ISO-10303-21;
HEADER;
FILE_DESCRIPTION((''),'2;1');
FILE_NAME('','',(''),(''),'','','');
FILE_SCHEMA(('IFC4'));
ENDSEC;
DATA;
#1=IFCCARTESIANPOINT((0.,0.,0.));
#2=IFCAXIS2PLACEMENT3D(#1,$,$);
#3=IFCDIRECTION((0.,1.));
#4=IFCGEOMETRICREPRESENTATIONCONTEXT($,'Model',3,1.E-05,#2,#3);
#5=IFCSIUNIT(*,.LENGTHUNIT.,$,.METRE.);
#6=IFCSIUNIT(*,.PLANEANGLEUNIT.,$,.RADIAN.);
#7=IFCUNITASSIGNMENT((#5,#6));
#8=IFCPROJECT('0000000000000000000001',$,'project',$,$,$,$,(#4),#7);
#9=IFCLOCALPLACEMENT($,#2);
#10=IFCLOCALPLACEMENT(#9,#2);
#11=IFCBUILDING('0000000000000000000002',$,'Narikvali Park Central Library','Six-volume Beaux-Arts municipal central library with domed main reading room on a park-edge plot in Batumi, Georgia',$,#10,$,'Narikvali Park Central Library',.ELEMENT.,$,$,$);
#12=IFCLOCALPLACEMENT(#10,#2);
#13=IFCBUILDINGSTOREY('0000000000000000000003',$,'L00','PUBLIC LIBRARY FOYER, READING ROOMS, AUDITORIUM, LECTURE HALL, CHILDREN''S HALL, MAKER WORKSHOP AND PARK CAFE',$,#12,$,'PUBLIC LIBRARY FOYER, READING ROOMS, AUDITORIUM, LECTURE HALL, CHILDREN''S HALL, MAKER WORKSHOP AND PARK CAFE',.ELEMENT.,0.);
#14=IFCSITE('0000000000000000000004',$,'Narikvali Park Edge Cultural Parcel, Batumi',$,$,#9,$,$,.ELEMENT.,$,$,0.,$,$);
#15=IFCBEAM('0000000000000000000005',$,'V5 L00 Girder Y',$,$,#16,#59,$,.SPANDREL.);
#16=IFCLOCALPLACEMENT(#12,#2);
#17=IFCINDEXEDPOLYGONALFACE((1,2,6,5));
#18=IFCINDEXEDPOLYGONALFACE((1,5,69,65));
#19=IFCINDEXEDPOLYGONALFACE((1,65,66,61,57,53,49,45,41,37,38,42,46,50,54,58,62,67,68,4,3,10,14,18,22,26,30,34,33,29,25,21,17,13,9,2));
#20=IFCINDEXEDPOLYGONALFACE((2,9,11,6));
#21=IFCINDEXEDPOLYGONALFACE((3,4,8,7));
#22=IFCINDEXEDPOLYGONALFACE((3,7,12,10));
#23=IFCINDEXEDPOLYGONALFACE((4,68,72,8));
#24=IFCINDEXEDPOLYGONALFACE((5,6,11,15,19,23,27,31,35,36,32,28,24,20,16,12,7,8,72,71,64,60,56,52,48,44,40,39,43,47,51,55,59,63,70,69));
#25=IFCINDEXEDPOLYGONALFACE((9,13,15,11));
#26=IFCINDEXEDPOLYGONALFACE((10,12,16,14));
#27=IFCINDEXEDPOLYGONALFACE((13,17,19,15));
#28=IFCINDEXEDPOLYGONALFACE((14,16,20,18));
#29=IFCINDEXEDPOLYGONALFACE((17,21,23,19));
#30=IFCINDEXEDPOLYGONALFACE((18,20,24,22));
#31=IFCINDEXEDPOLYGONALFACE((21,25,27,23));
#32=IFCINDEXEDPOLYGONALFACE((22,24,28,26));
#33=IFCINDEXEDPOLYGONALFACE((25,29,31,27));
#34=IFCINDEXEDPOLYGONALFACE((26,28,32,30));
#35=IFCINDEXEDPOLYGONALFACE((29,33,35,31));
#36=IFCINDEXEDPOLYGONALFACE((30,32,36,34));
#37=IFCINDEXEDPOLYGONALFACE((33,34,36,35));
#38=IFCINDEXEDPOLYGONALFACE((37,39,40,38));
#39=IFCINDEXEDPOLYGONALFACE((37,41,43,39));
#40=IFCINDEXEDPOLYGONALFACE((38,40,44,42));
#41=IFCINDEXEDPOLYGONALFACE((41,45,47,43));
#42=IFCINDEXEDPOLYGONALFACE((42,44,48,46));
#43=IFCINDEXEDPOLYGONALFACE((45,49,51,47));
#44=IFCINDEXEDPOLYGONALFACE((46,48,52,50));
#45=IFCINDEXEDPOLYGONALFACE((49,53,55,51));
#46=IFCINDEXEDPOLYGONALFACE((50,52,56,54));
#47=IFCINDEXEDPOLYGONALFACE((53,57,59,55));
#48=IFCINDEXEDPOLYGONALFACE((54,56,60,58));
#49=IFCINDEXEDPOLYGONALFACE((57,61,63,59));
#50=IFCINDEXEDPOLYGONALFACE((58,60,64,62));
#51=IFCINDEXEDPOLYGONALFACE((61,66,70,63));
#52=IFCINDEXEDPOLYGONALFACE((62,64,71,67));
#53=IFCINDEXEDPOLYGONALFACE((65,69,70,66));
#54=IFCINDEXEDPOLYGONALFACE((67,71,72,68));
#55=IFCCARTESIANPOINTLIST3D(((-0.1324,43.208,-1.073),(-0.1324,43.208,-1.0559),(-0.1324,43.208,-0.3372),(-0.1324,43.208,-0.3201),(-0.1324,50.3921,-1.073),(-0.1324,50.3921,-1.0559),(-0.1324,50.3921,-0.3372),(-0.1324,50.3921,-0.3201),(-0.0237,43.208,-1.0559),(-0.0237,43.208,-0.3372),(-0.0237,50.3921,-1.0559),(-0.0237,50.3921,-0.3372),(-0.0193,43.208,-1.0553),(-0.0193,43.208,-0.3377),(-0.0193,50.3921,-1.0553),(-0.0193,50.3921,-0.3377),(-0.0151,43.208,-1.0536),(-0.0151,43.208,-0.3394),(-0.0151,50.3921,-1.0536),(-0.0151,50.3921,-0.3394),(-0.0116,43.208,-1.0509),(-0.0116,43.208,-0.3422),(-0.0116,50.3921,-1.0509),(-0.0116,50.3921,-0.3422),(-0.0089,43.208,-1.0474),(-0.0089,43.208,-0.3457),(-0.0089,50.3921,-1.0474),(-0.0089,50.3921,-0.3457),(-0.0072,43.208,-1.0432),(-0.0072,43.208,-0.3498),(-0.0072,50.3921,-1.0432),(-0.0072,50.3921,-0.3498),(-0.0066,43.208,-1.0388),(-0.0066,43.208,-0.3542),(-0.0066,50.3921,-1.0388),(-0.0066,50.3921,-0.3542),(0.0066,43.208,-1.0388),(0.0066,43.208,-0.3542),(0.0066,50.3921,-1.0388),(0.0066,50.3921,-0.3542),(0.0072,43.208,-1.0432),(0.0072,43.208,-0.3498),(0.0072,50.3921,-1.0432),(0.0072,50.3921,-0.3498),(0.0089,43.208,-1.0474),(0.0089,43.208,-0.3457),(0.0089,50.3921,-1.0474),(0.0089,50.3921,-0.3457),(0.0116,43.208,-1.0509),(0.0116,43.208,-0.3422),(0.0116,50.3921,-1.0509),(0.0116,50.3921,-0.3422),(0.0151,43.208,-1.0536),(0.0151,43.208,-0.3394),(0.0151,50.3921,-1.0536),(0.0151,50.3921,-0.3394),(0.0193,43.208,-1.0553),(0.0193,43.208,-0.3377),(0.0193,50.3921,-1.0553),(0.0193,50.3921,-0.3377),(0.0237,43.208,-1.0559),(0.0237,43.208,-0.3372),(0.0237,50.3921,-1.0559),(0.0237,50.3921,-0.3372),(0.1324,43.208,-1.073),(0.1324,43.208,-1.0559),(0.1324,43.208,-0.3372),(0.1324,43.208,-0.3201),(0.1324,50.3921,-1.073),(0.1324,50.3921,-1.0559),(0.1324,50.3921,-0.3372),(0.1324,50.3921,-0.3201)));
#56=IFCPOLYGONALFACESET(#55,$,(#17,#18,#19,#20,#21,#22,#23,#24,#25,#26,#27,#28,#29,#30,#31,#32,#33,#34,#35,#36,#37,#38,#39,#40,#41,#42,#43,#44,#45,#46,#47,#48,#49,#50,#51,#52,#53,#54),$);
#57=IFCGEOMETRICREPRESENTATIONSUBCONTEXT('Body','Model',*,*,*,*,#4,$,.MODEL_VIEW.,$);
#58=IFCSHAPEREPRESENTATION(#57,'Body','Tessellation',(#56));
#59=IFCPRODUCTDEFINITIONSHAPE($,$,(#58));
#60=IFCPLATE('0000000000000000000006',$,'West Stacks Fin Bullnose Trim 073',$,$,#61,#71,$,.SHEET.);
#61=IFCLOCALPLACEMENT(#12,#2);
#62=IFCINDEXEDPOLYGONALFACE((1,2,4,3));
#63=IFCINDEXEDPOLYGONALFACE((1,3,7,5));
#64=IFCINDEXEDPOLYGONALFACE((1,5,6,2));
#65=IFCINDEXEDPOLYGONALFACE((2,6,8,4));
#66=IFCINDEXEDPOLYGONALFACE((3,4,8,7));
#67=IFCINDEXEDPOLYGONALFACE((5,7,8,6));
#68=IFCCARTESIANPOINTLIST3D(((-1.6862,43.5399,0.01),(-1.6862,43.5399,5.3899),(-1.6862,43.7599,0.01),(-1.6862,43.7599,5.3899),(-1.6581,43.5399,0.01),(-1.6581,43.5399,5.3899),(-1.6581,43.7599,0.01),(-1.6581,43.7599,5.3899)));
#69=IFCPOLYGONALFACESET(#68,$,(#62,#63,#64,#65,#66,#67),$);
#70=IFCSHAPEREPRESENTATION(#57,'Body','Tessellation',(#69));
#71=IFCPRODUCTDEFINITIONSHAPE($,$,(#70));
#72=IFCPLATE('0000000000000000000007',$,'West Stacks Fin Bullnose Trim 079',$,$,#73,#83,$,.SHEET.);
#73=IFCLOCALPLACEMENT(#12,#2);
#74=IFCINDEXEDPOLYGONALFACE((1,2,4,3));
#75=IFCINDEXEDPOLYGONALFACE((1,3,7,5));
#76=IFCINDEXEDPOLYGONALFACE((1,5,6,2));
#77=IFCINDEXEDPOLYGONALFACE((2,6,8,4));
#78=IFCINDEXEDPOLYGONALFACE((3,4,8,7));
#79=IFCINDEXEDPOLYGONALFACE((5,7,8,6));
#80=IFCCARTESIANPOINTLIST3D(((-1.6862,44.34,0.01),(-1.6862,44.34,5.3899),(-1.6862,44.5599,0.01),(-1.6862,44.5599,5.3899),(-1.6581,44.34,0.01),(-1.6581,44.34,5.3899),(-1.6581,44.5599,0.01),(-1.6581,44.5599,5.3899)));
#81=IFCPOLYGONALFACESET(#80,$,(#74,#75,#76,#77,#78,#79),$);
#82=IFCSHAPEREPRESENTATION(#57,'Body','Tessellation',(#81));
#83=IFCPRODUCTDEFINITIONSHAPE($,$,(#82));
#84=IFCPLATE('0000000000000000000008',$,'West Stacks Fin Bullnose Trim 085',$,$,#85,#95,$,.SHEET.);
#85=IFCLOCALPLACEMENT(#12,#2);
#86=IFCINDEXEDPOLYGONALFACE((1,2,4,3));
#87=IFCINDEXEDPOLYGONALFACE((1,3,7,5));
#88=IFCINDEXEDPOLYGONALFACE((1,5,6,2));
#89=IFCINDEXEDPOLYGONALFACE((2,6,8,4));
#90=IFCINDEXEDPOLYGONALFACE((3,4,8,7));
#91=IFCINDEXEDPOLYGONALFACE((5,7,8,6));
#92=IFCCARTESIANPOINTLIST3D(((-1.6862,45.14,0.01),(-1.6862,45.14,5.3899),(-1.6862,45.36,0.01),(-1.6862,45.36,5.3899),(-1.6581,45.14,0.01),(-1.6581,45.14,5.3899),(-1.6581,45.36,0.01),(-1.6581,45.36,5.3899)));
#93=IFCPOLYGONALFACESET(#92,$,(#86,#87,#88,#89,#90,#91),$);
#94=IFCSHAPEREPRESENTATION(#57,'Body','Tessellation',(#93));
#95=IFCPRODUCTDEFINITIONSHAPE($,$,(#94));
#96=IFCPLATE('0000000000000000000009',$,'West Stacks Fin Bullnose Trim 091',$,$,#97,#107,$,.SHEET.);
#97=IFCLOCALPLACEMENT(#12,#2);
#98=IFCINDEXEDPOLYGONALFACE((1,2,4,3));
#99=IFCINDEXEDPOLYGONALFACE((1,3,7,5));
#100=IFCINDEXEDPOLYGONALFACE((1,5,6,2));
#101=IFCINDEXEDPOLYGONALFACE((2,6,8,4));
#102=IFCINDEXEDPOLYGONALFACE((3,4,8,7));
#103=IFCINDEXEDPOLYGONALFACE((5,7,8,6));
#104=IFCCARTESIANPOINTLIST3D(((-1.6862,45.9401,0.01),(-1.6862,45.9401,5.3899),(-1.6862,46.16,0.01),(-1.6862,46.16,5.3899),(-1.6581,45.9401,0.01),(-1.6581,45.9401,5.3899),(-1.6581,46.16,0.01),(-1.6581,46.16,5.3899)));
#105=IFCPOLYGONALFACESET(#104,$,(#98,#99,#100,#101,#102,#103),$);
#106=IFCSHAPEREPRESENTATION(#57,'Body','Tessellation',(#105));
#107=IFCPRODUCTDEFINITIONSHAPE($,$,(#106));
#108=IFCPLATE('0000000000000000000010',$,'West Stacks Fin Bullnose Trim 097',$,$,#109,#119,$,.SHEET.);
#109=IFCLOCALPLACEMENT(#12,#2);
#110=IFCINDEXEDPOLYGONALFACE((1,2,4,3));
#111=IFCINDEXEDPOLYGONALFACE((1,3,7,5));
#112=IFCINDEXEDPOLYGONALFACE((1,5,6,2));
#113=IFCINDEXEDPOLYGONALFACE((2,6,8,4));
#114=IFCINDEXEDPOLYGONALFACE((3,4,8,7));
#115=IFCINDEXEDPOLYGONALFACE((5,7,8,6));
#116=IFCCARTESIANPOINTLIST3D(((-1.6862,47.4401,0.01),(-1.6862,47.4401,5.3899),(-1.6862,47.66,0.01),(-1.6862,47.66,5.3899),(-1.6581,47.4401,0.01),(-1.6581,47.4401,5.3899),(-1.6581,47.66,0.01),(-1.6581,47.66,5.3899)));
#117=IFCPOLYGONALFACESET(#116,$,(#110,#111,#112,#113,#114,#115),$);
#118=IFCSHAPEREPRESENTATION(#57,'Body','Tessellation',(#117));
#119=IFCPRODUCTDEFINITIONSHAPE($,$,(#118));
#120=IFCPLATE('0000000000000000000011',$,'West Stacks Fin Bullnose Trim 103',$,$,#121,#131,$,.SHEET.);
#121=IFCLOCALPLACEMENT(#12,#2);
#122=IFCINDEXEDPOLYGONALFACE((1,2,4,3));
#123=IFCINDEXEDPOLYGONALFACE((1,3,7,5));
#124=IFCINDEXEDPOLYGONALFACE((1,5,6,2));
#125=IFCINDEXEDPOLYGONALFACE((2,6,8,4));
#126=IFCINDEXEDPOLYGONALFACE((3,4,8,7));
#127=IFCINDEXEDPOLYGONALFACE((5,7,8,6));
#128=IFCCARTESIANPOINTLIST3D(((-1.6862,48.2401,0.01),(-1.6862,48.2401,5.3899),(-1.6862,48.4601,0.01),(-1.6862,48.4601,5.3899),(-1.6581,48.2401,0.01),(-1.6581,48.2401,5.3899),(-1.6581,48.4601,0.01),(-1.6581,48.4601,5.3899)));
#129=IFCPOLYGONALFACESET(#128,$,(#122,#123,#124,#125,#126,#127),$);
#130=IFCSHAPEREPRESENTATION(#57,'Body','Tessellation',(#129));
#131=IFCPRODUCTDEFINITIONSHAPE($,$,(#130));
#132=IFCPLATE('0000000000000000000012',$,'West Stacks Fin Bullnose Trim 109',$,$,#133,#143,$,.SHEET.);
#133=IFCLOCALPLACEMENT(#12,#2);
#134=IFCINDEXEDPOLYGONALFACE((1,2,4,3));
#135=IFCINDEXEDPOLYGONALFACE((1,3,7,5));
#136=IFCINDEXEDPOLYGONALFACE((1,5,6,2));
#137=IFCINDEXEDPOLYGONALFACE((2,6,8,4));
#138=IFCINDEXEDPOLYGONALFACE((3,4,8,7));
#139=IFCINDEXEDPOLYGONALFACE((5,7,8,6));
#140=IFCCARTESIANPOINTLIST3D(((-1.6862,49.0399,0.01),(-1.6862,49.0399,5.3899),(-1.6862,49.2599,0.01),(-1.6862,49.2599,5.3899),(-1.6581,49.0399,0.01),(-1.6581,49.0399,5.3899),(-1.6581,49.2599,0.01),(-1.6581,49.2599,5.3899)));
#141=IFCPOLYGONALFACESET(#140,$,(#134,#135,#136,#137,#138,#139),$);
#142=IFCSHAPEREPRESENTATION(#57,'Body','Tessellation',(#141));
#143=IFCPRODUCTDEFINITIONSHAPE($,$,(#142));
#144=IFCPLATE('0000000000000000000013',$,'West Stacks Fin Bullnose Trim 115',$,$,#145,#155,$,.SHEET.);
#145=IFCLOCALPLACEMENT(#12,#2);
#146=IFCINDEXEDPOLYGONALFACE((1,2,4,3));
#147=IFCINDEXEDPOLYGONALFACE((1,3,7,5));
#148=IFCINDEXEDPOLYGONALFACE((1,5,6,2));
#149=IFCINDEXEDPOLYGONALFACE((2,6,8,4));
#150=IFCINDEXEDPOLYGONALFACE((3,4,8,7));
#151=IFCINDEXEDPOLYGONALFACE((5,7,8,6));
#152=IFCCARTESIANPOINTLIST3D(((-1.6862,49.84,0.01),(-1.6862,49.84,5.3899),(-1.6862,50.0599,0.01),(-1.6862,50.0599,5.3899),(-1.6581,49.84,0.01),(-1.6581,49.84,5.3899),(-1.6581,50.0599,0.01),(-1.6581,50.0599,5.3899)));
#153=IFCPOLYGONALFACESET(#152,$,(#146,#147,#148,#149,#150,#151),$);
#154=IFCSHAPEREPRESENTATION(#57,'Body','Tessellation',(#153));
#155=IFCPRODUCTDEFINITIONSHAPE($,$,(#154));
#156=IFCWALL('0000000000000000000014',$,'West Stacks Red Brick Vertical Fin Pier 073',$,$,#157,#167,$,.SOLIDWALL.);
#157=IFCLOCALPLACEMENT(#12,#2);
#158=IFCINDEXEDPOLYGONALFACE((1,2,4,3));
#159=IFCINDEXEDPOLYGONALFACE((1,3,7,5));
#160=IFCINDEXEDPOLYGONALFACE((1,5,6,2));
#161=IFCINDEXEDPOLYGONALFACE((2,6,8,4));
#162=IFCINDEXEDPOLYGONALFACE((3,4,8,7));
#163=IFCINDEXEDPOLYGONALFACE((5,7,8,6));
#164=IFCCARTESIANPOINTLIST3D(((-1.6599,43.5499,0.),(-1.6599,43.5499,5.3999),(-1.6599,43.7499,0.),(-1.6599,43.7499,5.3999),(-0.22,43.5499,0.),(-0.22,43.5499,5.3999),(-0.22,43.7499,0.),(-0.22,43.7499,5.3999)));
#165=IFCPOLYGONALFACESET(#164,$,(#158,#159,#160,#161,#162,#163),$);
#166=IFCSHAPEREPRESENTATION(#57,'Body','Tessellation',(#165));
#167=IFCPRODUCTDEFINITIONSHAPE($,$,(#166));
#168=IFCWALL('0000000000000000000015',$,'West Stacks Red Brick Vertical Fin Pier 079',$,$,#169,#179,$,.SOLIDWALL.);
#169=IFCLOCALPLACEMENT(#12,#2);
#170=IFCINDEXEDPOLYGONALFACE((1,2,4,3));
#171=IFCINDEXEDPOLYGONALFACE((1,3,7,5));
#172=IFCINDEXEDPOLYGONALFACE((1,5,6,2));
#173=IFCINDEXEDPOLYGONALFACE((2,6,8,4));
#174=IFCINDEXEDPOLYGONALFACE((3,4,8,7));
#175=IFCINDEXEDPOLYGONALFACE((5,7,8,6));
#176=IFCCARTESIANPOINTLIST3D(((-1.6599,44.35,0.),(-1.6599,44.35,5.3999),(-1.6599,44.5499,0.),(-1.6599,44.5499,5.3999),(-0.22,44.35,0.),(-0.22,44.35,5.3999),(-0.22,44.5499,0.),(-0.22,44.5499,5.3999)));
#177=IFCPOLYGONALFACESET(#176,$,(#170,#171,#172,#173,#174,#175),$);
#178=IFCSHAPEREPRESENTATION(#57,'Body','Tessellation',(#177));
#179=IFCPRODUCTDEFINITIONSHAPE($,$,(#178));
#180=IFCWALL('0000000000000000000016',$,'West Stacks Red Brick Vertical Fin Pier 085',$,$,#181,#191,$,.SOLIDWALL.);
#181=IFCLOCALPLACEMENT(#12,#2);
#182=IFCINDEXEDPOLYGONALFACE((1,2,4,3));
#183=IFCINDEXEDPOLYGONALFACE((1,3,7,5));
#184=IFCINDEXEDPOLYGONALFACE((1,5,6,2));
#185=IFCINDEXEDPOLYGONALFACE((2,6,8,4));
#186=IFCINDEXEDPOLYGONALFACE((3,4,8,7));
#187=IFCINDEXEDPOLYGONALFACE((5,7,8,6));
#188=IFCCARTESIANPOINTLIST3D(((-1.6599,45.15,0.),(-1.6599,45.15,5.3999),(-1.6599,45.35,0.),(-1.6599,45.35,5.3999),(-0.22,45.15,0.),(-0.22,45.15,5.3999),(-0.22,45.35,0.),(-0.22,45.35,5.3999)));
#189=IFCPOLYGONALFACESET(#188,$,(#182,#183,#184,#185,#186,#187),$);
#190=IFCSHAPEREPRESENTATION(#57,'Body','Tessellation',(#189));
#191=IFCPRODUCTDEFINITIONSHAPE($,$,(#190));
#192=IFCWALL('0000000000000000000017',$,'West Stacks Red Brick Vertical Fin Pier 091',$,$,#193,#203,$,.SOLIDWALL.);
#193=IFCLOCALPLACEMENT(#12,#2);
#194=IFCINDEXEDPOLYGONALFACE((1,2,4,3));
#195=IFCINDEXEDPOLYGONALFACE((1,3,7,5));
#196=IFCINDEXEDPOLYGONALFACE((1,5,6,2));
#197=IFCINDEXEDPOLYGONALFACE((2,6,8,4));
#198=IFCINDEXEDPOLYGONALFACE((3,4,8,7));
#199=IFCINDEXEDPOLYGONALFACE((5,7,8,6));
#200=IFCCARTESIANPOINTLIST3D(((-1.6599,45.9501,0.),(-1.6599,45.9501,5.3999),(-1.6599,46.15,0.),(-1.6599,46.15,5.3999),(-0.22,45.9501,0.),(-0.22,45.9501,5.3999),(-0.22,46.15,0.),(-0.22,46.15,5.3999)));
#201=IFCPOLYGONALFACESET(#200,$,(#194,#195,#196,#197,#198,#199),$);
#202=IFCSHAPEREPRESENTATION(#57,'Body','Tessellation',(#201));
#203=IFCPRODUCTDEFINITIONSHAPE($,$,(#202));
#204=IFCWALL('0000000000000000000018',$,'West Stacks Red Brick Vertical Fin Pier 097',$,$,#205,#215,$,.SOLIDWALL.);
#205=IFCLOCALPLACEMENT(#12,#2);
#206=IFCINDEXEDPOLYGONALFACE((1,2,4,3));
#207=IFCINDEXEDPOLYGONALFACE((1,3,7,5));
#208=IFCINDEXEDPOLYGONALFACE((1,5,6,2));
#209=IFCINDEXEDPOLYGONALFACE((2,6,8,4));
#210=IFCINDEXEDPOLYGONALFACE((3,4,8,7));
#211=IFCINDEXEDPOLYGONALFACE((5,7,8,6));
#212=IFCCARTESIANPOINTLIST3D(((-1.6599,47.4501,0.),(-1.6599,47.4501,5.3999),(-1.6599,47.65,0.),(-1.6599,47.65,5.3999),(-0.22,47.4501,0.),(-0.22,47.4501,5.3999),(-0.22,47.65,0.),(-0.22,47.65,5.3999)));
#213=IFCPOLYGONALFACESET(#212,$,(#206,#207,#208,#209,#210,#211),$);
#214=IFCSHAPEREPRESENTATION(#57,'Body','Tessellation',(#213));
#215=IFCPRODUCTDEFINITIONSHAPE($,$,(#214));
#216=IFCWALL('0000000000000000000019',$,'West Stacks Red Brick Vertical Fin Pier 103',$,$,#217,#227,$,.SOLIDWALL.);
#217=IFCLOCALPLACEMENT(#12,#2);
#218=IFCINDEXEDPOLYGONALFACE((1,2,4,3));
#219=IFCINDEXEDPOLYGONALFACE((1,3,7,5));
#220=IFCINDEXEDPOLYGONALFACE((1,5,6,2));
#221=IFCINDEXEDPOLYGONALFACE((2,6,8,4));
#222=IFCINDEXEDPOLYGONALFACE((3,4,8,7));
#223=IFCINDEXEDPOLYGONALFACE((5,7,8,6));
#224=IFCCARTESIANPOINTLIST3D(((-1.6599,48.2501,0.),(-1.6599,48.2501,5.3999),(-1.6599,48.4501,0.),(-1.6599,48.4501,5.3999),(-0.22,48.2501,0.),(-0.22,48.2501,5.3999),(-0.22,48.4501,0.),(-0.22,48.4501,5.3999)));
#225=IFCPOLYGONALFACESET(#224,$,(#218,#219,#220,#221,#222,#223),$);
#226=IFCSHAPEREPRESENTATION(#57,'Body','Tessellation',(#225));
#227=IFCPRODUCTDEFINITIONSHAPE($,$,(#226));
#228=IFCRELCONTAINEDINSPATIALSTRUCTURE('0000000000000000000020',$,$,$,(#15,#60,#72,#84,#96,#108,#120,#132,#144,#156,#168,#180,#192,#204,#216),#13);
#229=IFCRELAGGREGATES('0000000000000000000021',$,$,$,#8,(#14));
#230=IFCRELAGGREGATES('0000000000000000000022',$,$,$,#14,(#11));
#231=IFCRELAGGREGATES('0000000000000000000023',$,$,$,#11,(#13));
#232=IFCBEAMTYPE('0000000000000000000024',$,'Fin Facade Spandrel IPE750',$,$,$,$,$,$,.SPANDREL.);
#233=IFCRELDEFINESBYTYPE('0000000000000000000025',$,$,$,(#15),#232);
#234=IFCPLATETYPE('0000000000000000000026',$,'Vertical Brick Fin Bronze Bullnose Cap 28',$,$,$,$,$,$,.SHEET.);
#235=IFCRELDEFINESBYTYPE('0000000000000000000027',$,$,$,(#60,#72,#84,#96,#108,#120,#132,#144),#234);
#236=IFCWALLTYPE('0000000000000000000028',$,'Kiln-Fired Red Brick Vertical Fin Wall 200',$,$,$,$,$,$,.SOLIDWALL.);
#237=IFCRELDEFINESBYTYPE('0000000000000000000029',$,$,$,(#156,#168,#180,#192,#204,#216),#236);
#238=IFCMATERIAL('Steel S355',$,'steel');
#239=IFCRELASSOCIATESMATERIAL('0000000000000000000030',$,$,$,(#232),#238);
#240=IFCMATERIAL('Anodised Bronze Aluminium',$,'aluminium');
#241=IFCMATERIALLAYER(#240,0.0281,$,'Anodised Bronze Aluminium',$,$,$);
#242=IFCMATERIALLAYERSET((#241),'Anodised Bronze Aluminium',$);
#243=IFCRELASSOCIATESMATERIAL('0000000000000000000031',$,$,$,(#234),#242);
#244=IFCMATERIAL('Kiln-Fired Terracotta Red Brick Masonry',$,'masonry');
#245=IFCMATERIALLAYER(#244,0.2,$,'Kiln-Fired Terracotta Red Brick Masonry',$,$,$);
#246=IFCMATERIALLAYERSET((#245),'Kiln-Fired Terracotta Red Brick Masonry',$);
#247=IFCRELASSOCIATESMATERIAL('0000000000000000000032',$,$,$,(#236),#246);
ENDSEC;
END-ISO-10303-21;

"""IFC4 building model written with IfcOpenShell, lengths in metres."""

from ifc_helpers import new_model, si_unit, direction, frame, frame_2d, origin, origin_2d, place, context, subcontext, project, spatial, rectangle, i_section, extrude, material, layer, layer_set, material_profile, profile_set, type_object, element, save


model = new_model("IFC4")

# Units and contexts
model_context = context("Model", 3, precision=1e-05, world=origin(), true_north=direction((0.0, 1.0)))
body_context = subcontext(model_context, "Body", "Model", "MODEL_VIEW")
ifc_project = project(units=[si_unit("LENGTHUNIT", "METRE"), si_unit("PLANEANGLEUNIT", "RADIAN")], contexts=[model_context])

# Site, building, storey
site_placement = place(None, origin())
site = spatial("IfcSite", under=ifc_project, at=site_placement, Name="Narikvali Park Edge Cultural Parcel, Batumi", CompositionType="ELEMENT", RefElevation=0.0)
building_placement = place(site_placement, origin())
building = spatial("IfcBuilding", under=site, at=building_placement, Name="Narikvali Park Central Library", Description="Six-volume Beaux-Arts municipal central library with domed main reading room on a park-edge plot in Batumi, Georgia", LongName="Narikvali Park Central Library", CompositionType="ELEMENT")
storey_placement = place(building_placement, origin())
storey = spatial("IfcBuildingStorey", under=building, at=storey_placement, Name="L00", Description="PUBLIC LIBRARY FOYER, READING ROOMS, AUDITORIUM, LECTURE HALL, CHILDREN'S HALL, MAKER WORKSHOP AND PARK CAFE", LongName="PUBLIC LIBRARY FOYER, READING ROOMS, AUDITORIUM, LECTURE HALL, CHILDREN'S HALL, MAKER WORKSHOP AND PARK CAFE", CompositionType="ELEMENT", Elevation=0.0)

# Beam
ifc_material_1 = material(Name="Steel S355", Category="steel")
ifc_material_profile = material_profile(ifc_material_1, i_section(OverallWidth=0.2649, OverallDepth=0.7529, WebThickness=0.0132, FlangeThickness=0.0171, FilletRadius=0.0171, at=origin_2d()), Name="IPE 750x147")
ifc_profile_set = profile_set([ifc_material_profile], Name="Steel S355")
beam_type = type_object("IfcBeamType", Name="Fin Facade Spandrel IPE750", PredefinedType="SPANDREL", material=ifc_profile_set)
beam_placement = place(storey_placement, frame((0.0, 43.208, -0.6965), z_axis=(0.0, 1.0, 0.0), x_axis=(-1.0, 0.0, 0.0)))
element("IfcBeam", 1, at=beam_placement, inside=storey, type_object=beam_type, Name="V5 L00 Girder Y", PredefinedType="SPANDREL", context=body_context, shape_type="SweptSolid", body=[
    extrude(i_section(OverallWidth=0.2649, OverallDepth=0.7529, WebThickness=0.0132, FlangeThickness=0.0171, FilletRadius=0.0171, at=origin_2d()), origin(), (0.0, 0.0, 1.0), 7.1841),
])

# Plates
ifc_material_2 = material(Name="Anodised Bronze Aluminium", Category="aluminium")
ifc_layer_1 = layer(ifc_material_2, 0.0281, Name="Anodised Bronze Aluminium")
ifc_layer_set_1 = layer_set([ifc_layer_1], Name="Anodised Bronze Aluminium")
plate_type = type_object("IfcPlateType", Name="Vertical Brick Fin Bronze Bullnose Cap 28", PredefinedType="SHEET", material=ifc_layer_set_1)
for number, where, z_axis, x_axis, name in (
    (2, (-1.6721, 43.6499, 0.01), (0.0, 0.0, 1.0), (1.0, 0.0, 0.0), "West Stacks Fin Bullnose Trim 073"),
    (3, (-1.6721, 44.45, 0.01), (0.0, 0.0, 1.0), (1.0, 0.0, 0.0), "West Stacks Fin Bullnose Trim 079"),
    (4, (-1.6721, 45.25, 0.01), (0.0, 0.0, 1.0), (1.0, 0.0, 0.0), "West Stacks Fin Bullnose Trim 085"),
    (5, (-1.6721, 46.05, 0.01), (0.0, 0.0, 1.0), (1.0, 0.0, 0.0), "West Stacks Fin Bullnose Trim 091"),
    (6, (-1.6721, 47.55, 0.01), (0.0, 0.0, 1.0), (1.0, 0.0, 0.0), "West Stacks Fin Bullnose Trim 097"),
    (7, (-1.6721, 48.3501, 0.01), (0.0, 0.0, 1.0), (1.0, 0.0, 0.0), "West Stacks Fin Bullnose Trim 103"),
    (8, (-1.6721, 49.1499, 0.01), (0.0, 0.0, 1.0), (1.0, 0.0, 0.0), "West Stacks Fin Bullnose Trim 109"),
    (9, (-1.6721, 49.95, 0.01), (0.0, 0.0, 1.0), (1.0, 0.0, 0.0), "West Stacks Fin Bullnose Trim 115"),
):
    element("IfcPlate", number, at=place(storey_placement, frame(where, z_axis=z_axis, x_axis=x_axis)), inside=storey, type_object=plate_type, Name=name, PredefinedType="SHEET", context=body_context, shape_type="SweptSolid", body=[
        extrude(rectangle(XDim=0.0281, YDim=0.22, at=origin_2d()), origin(), (0.0, 0.0, 1.0), 5.3799),
    ])

# Walls
ifc_material_3 = material(Name="Kiln-Fired Terracotta Red Brick Masonry", Category="masonry")
ifc_layer_2 = layer(ifc_material_3, 0.2, Name="Kiln-Fired Terracotta Red Brick Masonry")
ifc_layer_set_2 = layer_set([ifc_layer_2], Name="Kiln-Fired Terracotta Red Brick Masonry")
wall_type = type_object("IfcWallType", Name="Kiln-Fired Red Brick Vertical Fin Wall 200", PredefinedType="SOLIDWALL", material=ifc_layer_set_2)
for number, where, z_axis, x_axis, name in (
    (10, (-1.6599, 43.6499, 0.0), (0.0, 0.0, 1.0), (1.0, 0.0, 0.0), "West Stacks Red Brick Vertical Fin Pier 073"),
    (11, (-1.6599, 44.45, 0.0), (0.0, 0.0, 1.0), (1.0, 0.0, 0.0), "West Stacks Red Brick Vertical Fin Pier 079"),
    (12, (-1.6599, 45.25, 0.0), (0.0, 0.0, 1.0), (1.0, 0.0, 0.0), "West Stacks Red Brick Vertical Fin Pier 085"),
    (13, (-1.6599, 46.05, 0.0), (0.0, 0.0, 1.0), (1.0, 0.0, 0.0), "West Stacks Red Brick Vertical Fin Pier 091"),
    (14, (-1.6599, 47.55, 0.0), (0.0, 0.0, 1.0), (1.0, 0.0, 0.0), "West Stacks Red Brick Vertical Fin Pier 097"),
    (15, (-1.6599, 48.3501, 0.0), (0.0, 0.0, 1.0), (1.0, 0.0, 0.0), "West Stacks Red Brick Vertical Fin Pier 103"),
):
    element("IfcWall", number, at=place(storey_placement, frame(where, z_axis=z_axis, x_axis=x_axis)), inside=storey, type_object=wall_type, Name=name, PredefinedType="SOLIDWALL", context=body_context, shape_type="SweptSolid", body=[
        extrude(rectangle(XDim=1.4399, YDim=0.2, at=frame_2d((0.72, 0.0))), origin(), (0.0, 0.0, 1.0), 5.3999),
    ])

save(model, "model.ifc")
